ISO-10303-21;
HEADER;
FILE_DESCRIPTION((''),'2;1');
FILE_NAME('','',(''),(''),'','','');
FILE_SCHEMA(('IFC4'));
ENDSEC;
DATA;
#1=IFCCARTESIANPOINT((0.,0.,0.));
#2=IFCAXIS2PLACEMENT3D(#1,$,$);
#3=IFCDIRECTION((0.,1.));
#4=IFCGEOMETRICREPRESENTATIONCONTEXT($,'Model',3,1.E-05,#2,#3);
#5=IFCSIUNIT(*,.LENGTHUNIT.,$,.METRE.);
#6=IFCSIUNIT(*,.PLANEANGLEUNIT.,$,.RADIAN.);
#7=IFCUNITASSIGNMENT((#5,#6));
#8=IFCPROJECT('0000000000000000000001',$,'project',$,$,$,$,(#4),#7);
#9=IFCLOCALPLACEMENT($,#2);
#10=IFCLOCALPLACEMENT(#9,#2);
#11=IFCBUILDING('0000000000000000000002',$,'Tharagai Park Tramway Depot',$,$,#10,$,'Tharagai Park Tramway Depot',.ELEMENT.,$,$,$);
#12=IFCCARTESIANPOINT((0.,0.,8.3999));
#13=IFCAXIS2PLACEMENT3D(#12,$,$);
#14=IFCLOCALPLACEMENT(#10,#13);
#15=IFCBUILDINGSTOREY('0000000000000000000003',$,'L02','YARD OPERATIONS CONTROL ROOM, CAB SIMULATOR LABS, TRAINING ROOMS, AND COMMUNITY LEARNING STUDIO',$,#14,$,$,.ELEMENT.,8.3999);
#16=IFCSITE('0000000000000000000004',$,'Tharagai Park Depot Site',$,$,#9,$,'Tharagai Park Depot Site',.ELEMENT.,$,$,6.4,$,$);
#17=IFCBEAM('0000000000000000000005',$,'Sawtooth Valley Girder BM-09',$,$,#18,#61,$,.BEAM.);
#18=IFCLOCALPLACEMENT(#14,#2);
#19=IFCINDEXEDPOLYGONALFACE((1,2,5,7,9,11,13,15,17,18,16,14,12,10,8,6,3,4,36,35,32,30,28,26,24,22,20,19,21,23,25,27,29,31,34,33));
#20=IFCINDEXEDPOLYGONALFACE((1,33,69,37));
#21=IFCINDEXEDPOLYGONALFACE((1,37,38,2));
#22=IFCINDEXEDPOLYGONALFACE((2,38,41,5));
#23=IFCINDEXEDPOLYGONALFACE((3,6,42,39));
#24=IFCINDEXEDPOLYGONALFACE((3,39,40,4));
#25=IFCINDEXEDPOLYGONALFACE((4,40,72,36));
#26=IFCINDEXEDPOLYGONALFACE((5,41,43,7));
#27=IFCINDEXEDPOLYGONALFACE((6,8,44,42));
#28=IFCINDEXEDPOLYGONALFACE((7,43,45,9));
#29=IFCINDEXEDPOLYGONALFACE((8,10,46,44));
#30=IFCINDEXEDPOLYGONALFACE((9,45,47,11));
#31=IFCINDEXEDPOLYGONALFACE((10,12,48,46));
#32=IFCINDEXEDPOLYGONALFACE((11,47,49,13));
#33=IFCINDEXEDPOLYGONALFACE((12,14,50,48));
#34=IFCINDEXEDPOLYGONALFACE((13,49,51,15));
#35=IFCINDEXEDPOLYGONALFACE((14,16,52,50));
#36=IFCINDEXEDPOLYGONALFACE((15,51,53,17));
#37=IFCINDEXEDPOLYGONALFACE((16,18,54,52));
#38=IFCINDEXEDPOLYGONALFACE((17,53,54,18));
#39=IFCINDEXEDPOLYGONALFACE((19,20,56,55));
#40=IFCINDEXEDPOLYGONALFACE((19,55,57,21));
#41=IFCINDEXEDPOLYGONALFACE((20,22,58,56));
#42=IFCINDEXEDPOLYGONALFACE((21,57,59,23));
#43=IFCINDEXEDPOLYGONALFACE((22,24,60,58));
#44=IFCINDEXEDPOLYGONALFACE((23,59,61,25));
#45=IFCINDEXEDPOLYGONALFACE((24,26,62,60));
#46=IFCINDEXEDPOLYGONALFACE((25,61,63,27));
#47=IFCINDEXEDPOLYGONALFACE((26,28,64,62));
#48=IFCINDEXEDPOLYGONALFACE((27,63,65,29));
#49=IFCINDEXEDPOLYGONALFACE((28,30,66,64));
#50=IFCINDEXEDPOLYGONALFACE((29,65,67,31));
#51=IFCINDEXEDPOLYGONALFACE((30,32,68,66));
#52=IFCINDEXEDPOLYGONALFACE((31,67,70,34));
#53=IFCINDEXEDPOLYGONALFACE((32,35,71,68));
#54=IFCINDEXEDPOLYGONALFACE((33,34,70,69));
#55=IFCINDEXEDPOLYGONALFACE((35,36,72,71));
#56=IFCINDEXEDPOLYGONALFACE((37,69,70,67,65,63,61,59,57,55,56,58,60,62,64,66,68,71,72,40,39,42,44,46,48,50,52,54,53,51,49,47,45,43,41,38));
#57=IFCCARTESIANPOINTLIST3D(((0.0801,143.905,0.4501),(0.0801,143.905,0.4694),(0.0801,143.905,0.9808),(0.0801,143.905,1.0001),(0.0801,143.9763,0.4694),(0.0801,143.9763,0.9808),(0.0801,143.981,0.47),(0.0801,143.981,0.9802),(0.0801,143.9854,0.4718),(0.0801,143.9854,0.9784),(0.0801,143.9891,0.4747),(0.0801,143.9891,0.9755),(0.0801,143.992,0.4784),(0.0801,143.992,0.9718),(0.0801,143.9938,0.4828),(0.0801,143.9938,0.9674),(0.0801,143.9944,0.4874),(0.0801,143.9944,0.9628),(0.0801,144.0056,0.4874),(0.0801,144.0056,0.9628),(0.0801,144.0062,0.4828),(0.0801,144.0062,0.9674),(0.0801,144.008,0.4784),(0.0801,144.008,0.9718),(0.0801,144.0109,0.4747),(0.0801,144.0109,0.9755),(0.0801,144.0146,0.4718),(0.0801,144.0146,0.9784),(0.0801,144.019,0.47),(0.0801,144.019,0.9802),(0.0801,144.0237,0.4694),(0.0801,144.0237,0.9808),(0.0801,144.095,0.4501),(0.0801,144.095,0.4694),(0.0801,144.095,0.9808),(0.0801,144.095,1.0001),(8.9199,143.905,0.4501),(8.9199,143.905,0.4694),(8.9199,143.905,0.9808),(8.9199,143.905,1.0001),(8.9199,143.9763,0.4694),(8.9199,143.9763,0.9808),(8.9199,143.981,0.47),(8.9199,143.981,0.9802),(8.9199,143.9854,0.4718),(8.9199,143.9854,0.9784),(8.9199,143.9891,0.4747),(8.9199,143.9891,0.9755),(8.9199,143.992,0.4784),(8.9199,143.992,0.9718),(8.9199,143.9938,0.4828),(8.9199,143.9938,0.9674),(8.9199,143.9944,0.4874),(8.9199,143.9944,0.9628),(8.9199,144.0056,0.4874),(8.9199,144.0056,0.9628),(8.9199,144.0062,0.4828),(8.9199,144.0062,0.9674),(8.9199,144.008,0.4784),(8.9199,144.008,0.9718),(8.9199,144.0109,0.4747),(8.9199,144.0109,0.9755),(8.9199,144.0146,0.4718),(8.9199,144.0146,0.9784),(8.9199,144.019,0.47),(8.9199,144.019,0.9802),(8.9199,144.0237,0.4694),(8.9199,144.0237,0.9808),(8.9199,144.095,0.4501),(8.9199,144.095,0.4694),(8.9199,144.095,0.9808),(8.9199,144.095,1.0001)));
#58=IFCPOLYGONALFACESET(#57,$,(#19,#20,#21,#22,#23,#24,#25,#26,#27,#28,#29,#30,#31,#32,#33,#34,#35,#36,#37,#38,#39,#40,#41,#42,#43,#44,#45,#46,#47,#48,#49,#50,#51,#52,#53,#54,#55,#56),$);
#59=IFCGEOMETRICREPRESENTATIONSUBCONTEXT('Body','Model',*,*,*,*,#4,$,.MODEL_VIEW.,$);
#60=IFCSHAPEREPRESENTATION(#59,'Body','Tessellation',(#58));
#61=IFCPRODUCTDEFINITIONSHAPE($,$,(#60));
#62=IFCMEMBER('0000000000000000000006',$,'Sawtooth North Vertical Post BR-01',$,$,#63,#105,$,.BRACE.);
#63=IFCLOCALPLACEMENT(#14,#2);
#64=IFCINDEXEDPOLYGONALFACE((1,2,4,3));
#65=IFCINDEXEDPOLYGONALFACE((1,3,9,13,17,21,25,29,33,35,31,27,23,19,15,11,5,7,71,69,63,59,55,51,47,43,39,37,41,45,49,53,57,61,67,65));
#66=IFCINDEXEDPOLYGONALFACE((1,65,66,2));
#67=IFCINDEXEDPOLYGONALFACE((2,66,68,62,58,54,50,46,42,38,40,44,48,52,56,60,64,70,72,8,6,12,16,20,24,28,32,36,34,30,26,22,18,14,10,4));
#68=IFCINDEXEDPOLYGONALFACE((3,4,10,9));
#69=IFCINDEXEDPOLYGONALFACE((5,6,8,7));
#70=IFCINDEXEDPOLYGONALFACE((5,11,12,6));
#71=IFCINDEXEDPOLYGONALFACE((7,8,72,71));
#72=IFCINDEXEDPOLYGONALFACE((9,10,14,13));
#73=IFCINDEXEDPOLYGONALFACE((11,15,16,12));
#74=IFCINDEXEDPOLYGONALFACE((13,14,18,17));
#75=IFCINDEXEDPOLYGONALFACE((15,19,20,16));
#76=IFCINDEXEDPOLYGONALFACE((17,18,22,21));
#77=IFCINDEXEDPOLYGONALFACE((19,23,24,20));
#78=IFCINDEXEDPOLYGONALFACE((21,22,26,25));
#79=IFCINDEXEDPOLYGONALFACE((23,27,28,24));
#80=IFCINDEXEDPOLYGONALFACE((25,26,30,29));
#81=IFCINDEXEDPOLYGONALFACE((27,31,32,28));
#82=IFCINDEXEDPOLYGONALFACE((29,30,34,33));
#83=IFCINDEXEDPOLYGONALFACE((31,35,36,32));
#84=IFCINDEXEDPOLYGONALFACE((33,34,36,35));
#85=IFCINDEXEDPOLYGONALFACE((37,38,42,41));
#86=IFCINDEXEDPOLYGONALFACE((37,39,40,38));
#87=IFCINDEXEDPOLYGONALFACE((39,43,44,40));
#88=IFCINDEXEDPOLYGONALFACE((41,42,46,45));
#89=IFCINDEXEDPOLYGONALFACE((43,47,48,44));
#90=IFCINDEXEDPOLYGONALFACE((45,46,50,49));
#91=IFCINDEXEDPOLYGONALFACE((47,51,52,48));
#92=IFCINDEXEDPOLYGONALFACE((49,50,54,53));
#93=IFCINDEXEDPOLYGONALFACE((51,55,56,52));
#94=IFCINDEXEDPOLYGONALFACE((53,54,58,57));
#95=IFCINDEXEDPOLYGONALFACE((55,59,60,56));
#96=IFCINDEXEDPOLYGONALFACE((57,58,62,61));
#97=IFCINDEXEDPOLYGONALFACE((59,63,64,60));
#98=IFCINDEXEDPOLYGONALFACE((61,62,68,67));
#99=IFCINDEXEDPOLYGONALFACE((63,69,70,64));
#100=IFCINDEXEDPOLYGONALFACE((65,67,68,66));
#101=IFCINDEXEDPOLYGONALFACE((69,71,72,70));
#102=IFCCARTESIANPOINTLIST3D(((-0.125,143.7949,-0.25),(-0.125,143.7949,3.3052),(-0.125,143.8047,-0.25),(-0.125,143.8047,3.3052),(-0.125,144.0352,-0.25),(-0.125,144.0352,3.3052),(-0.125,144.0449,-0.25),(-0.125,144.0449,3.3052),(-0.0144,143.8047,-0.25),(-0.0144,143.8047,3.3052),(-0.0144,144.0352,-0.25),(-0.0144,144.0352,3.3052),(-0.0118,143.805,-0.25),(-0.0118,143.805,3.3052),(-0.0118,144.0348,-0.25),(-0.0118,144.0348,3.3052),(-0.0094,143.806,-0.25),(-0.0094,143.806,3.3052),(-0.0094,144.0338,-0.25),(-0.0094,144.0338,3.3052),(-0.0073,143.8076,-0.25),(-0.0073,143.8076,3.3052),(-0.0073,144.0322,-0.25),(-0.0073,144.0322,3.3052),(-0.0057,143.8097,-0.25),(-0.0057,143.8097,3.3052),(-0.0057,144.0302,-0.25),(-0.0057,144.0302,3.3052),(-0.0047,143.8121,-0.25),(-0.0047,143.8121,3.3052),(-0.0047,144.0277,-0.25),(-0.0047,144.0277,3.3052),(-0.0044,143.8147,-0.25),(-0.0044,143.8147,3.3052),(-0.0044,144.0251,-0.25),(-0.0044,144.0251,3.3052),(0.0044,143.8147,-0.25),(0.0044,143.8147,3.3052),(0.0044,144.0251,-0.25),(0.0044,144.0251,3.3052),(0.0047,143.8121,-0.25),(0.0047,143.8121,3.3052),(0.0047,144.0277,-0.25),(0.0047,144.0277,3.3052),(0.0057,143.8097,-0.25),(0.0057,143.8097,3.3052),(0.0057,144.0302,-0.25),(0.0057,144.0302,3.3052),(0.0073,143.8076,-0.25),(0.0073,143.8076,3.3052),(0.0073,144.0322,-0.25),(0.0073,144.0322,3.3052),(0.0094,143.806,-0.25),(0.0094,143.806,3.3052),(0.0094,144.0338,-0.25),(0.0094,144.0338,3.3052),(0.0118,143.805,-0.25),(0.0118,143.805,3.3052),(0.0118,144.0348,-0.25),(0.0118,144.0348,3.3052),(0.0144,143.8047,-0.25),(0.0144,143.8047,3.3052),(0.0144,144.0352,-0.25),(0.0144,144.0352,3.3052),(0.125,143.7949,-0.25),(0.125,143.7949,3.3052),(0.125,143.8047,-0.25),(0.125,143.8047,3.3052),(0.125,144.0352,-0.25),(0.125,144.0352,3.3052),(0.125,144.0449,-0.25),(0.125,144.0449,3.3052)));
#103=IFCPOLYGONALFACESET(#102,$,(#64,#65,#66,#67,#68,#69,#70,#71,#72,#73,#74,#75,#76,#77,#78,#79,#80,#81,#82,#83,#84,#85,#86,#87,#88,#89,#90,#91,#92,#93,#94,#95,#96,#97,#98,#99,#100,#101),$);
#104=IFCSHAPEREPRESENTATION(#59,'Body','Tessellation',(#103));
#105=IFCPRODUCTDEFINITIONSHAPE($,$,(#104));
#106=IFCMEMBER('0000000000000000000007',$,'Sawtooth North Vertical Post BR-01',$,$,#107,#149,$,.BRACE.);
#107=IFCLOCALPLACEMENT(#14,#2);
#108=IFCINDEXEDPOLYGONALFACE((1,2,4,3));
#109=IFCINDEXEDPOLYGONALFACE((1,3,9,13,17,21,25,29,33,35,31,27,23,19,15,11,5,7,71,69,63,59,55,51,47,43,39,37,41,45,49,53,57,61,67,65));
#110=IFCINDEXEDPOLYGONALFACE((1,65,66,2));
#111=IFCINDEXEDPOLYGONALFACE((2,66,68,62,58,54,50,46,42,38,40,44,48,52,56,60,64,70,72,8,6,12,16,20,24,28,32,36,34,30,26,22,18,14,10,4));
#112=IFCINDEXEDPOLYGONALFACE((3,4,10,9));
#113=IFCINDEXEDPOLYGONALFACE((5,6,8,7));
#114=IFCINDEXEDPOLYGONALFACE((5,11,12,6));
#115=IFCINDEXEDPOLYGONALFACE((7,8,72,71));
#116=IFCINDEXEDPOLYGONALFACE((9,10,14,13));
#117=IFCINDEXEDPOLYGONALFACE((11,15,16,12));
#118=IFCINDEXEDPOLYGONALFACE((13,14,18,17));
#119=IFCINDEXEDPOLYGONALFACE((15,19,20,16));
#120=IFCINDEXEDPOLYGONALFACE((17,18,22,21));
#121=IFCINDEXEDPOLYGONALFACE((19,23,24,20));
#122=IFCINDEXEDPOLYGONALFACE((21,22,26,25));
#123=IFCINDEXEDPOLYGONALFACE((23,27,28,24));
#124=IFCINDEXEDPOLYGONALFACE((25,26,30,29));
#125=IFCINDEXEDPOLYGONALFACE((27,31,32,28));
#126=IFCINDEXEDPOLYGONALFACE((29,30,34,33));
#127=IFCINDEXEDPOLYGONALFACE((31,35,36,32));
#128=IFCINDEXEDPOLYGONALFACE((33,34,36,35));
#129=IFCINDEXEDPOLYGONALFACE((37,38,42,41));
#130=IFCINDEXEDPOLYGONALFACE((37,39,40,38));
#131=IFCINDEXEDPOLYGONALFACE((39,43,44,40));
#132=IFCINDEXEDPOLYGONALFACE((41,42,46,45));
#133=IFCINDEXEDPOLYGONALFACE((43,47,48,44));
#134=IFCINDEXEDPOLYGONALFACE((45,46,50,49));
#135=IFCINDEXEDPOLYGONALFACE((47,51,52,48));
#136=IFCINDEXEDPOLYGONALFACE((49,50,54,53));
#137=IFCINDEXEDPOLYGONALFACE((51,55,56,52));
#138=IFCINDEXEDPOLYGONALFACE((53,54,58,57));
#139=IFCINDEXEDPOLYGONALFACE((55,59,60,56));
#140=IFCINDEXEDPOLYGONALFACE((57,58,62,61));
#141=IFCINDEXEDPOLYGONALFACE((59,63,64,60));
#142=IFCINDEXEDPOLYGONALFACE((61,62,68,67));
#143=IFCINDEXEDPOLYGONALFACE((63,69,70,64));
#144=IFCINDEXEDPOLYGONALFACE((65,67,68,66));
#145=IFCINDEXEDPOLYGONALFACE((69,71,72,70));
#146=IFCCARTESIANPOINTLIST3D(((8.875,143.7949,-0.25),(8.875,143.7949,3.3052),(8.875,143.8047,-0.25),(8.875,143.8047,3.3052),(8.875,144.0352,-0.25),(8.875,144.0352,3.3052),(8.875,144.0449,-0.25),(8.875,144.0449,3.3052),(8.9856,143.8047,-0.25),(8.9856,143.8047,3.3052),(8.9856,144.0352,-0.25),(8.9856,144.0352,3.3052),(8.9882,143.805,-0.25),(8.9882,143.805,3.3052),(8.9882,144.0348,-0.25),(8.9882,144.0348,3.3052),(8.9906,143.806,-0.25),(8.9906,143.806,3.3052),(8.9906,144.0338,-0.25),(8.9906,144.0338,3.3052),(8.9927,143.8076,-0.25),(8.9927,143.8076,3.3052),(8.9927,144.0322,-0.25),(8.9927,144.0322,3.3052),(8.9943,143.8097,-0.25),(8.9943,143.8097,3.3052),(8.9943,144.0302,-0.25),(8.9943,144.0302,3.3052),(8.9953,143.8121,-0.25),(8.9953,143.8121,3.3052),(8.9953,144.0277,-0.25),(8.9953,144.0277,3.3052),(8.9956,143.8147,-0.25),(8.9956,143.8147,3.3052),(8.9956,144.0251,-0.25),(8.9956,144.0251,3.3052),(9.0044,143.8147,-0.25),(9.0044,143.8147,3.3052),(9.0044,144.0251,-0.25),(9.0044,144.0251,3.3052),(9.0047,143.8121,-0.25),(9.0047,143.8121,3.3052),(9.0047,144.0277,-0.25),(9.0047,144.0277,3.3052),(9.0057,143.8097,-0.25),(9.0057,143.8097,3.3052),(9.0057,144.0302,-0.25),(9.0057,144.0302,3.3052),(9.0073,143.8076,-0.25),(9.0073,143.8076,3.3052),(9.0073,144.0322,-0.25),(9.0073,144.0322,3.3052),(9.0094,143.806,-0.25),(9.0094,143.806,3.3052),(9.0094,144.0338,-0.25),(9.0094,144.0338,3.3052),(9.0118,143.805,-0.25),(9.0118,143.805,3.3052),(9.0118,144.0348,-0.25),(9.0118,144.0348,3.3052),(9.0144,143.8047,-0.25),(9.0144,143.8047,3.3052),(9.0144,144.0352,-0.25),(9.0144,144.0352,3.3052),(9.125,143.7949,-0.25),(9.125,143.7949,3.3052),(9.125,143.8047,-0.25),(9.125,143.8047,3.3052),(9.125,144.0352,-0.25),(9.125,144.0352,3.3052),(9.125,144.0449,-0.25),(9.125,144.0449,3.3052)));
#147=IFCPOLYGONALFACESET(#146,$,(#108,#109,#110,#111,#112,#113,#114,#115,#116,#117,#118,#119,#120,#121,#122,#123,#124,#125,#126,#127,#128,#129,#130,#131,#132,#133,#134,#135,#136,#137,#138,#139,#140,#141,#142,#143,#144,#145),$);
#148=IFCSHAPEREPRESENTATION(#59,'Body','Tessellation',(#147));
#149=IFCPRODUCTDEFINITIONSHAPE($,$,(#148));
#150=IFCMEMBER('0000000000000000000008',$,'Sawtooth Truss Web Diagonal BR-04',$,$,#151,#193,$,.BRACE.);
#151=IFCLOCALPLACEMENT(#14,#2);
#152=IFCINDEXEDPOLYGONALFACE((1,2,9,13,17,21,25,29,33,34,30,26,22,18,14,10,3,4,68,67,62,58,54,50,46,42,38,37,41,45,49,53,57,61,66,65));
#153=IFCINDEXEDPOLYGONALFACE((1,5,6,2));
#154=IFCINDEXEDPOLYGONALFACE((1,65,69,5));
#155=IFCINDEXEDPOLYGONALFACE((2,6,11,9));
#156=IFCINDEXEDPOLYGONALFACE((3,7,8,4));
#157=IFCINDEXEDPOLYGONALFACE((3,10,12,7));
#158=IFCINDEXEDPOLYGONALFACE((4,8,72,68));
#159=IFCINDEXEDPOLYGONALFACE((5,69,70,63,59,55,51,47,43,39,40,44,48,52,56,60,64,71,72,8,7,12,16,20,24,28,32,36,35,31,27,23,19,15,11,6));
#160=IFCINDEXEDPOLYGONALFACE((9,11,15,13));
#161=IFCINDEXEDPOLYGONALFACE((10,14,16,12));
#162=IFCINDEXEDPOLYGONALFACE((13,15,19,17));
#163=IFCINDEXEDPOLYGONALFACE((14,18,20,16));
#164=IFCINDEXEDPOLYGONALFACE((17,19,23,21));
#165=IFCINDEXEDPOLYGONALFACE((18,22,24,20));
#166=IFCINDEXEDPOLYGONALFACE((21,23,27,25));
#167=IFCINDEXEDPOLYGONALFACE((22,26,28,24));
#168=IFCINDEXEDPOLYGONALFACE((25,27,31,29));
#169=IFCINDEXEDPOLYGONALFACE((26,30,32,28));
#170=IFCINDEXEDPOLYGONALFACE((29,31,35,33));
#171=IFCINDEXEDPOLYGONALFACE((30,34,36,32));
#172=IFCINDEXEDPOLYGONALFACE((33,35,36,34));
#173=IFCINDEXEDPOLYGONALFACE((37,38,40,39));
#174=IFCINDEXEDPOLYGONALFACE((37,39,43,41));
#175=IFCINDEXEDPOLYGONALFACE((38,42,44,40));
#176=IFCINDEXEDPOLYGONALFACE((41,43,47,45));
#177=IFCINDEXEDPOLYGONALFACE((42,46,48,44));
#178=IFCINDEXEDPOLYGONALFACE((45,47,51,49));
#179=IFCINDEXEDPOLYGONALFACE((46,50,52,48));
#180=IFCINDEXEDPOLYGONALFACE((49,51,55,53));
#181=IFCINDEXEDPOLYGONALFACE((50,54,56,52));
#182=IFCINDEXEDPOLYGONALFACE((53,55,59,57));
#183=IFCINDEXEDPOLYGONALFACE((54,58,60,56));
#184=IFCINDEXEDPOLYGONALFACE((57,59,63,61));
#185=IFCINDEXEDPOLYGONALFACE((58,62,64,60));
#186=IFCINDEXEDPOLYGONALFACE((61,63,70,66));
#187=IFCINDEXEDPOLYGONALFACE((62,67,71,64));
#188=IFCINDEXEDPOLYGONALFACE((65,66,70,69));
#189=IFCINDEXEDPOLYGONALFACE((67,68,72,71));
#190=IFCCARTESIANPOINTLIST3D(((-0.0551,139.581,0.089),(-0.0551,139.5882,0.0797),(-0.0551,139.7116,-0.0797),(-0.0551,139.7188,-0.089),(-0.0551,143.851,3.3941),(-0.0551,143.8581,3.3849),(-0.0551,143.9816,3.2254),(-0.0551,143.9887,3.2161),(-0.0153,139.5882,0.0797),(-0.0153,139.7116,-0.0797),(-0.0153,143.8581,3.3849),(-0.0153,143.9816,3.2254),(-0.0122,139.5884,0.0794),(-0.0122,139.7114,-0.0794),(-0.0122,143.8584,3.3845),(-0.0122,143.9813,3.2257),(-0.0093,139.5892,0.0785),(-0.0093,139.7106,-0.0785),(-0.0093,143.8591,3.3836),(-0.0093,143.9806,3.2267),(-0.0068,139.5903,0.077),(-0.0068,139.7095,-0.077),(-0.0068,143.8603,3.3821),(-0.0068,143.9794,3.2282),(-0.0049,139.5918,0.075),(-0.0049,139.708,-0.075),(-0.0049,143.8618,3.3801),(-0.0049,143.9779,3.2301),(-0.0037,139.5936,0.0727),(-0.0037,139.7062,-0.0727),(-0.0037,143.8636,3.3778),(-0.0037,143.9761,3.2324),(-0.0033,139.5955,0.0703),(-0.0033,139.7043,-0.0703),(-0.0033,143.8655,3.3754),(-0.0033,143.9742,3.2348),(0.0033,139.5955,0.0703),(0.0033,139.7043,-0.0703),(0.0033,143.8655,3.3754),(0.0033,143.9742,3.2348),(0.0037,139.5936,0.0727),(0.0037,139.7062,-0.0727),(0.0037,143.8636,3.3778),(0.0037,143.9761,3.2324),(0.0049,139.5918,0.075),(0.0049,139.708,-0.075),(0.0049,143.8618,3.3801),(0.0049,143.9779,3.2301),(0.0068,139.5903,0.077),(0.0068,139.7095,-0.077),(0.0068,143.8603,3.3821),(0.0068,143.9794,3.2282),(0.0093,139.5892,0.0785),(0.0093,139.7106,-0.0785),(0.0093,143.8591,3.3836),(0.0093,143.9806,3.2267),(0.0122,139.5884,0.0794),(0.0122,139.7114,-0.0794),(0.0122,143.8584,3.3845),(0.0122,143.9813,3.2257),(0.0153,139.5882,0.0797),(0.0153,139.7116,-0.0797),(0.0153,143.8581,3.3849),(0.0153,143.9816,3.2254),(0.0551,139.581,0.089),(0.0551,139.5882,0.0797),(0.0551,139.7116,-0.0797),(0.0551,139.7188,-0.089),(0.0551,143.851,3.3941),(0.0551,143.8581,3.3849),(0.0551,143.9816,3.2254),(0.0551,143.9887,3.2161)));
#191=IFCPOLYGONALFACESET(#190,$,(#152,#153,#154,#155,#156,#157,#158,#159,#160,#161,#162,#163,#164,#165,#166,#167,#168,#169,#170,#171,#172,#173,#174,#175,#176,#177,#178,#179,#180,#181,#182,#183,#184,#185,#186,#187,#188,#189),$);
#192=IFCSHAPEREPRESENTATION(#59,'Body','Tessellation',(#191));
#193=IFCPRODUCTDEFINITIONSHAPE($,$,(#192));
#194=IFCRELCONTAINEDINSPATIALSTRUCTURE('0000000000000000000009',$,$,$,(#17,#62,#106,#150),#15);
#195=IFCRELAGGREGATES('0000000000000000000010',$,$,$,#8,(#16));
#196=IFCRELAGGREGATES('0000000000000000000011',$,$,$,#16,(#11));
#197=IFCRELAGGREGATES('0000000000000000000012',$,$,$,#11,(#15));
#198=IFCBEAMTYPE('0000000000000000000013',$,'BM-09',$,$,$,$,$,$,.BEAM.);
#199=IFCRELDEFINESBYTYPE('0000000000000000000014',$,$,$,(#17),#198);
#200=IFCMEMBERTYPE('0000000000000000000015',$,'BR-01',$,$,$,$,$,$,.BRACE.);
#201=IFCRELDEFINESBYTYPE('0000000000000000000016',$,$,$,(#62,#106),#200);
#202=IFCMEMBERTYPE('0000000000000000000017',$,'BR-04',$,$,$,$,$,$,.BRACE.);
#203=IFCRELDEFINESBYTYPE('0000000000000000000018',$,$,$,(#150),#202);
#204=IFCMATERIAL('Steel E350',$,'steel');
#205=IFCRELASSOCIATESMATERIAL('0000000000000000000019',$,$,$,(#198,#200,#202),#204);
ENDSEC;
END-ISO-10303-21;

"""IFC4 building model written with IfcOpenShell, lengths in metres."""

from ifc_helpers import new_model, si_unit, direction, frame, origin, origin_2d, place, context, subcontext, project, spatial, i_section, extrude, material, material_profile, profile_set, type_object, element, save


model = new_model("IFC4")

# Units and contexts
model_context = context("Model", 3, precision=1e-05, world=origin(), true_north=direction((0.0, 1.0)))
body_context = subcontext(model_context, "Body", "Model", "MODEL_VIEW")
ifc_project = project(units=[si_unit("LENGTHUNIT", "METRE"), si_unit("PLANEANGLEUNIT", "RADIAN")], contexts=[model_context])

# Site, building, storey
site_placement = place(None, origin())
site = spatial("IfcSite", under=ifc_project, at=site_placement, Name="Tharagai Park Depot Site", LongName="Tharagai Park Depot Site", CompositionType="ELEMENT", RefElevation=6.4)
building_placement = place(site_placement, origin())
building = spatial("IfcBuilding", under=site, at=building_placement, Name="Tharagai Park Tramway Depot", LongName="Tharagai Park Tramway Depot", CompositionType="ELEMENT")
storey_placement = place(building_placement, frame((0.0, 0.0, 8.3999)))
storey = spatial("IfcBuildingStorey", under=building, at=storey_placement, Name="L02", Description="YARD OPERATIONS CONTROL ROOM, CAB SIMULATOR LABS, TRAINING ROOMS, AND COMMUNITY LEARNING STUDIO", CompositionType="ELEMENT", Elevation=8.3999)

# Beam
ifc_material_1 = material(Name="Steel E350", Category="steel")
ifc_material_profile_1 = material_profile(ifc_material_1, i_section(OverallWidth=0.1899, OverallDepth=0.55, WebThickness=0.0112, FlangeThickness=0.0193, FilletRadius=0.0181, at=origin_2d()), Name="ISMB 550")
ifc_profile_set_1 = profile_set([ifc_material_profile_1], Name="Steel E350")
beam_type = type_object("IfcBeamType", Name="BM-09", PredefinedType="BEAM", material=ifc_profile_set_1)
beam_placement = place(storey_placement, frame((0.0801, 144.0, 0.7251), z_axis=(1.0, 0.0, 0.0), x_axis=(0.0, 1.0, 0.0)))
element("IfcBeam", 1, at=beam_placement, inside=storey, type_object=beam_type, Name="Sawtooth Valley Girder BM-09", PredefinedType="BEAM", context=body_context, shape_type="SweptSolid", body=[
    extrude(i_section(OverallWidth=0.1899, OverallDepth=0.55, WebThickness=0.0112, FlangeThickness=0.0193, FilletRadius=0.0181, at=origin_2d()), origin(), (0.0, 0.0, 1.0), 8.8398),
])

# Members
ifc_material_profile_2 = material_profile(ifc_material_1, i_section(OverallWidth=0.25, OverallDepth=0.25, WebThickness=0.0088, FlangeThickness=0.0098, FilletRadius=0.01, at=origin_2d()), Name="ISHB 250")
ifc_profile_set_2 = profile_set([ifc_material_profile_2], Name="Steel E350")
member_type_1 = type_object("IfcMemberType", Name="BR-01", PredefinedType="BRACE", material=ifc_profile_set_2)
for number, where, z_axis, x_axis, name in (
    (2, (0.0, 143.9199, -0.25), (0.0, 0.0, 1.0), (1.0, 0.0, 0.0), "Sawtooth North Vertical Post BR-01"),
    (3, (9.0, 143.9199, -0.25), (0.0, 0.0, 1.0), (1.0, 0.0, 0.0), "Sawtooth North Vertical Post BR-01"),
):
    element("IfcMember", number, at=place(storey_placement, frame(where, z_axis=z_axis, x_axis=x_axis)), inside=storey, type_object=member_type_1, Name=name, PredefinedType="BRACE", context=body_context, shape_type="SweptSolid", body=[
        extrude(i_section(OverallWidth=0.25, OverallDepth=0.25, WebThickness=0.0088, FlangeThickness=0.0098, FilletRadius=0.01, at=origin_2d()), origin(), (0.0, 0.0, 1.0), 3.5552),
    ])
ifc_material_profile_3 = material_profile(ifc_material_1, i_section(OverallWidth=0.1101, OverallDepth=0.2251, WebThickness=0.0066, FlangeThickness=0.0117, FilletRadius=0.012, at=origin_2d()), Name="ISMB 225")
ifc_profile_set_3 = profile_set([ifc_material_profile_3], Name="Steel E350")
member_type_2 = type_object("IfcMemberType", Name="BR-04", PredefinedType="BRACE", material=ifc_profile_set_3)
for number, where, z_axis, x_axis, name in (
    (4, (0.0, 139.6499, 0.0), (0.0, 0.790782, 0.612098), (-1.0, 0.0, 0.0), "Sawtooth Truss Web Diagonal BR-04"),
):
    element("IfcMember", number, at=place(storey_placement, frame(where, z_axis=z_axis, x_axis=x_axis)), inside=storey, type_object=member_type_2, Name=name, PredefinedType="BRACE", context=body_context, shape_type="SweptSolid", body=[
        extrude(i_section(OverallWidth=0.1101, OverallDepth=0.2251, WebThickness=0.0066, FlangeThickness=0.0117, FilletRadius=0.012, at=origin_2d()), origin(), (0.0, 0.0, 1.0), 5.3997),
    ])

save(model, "model.ifc")
